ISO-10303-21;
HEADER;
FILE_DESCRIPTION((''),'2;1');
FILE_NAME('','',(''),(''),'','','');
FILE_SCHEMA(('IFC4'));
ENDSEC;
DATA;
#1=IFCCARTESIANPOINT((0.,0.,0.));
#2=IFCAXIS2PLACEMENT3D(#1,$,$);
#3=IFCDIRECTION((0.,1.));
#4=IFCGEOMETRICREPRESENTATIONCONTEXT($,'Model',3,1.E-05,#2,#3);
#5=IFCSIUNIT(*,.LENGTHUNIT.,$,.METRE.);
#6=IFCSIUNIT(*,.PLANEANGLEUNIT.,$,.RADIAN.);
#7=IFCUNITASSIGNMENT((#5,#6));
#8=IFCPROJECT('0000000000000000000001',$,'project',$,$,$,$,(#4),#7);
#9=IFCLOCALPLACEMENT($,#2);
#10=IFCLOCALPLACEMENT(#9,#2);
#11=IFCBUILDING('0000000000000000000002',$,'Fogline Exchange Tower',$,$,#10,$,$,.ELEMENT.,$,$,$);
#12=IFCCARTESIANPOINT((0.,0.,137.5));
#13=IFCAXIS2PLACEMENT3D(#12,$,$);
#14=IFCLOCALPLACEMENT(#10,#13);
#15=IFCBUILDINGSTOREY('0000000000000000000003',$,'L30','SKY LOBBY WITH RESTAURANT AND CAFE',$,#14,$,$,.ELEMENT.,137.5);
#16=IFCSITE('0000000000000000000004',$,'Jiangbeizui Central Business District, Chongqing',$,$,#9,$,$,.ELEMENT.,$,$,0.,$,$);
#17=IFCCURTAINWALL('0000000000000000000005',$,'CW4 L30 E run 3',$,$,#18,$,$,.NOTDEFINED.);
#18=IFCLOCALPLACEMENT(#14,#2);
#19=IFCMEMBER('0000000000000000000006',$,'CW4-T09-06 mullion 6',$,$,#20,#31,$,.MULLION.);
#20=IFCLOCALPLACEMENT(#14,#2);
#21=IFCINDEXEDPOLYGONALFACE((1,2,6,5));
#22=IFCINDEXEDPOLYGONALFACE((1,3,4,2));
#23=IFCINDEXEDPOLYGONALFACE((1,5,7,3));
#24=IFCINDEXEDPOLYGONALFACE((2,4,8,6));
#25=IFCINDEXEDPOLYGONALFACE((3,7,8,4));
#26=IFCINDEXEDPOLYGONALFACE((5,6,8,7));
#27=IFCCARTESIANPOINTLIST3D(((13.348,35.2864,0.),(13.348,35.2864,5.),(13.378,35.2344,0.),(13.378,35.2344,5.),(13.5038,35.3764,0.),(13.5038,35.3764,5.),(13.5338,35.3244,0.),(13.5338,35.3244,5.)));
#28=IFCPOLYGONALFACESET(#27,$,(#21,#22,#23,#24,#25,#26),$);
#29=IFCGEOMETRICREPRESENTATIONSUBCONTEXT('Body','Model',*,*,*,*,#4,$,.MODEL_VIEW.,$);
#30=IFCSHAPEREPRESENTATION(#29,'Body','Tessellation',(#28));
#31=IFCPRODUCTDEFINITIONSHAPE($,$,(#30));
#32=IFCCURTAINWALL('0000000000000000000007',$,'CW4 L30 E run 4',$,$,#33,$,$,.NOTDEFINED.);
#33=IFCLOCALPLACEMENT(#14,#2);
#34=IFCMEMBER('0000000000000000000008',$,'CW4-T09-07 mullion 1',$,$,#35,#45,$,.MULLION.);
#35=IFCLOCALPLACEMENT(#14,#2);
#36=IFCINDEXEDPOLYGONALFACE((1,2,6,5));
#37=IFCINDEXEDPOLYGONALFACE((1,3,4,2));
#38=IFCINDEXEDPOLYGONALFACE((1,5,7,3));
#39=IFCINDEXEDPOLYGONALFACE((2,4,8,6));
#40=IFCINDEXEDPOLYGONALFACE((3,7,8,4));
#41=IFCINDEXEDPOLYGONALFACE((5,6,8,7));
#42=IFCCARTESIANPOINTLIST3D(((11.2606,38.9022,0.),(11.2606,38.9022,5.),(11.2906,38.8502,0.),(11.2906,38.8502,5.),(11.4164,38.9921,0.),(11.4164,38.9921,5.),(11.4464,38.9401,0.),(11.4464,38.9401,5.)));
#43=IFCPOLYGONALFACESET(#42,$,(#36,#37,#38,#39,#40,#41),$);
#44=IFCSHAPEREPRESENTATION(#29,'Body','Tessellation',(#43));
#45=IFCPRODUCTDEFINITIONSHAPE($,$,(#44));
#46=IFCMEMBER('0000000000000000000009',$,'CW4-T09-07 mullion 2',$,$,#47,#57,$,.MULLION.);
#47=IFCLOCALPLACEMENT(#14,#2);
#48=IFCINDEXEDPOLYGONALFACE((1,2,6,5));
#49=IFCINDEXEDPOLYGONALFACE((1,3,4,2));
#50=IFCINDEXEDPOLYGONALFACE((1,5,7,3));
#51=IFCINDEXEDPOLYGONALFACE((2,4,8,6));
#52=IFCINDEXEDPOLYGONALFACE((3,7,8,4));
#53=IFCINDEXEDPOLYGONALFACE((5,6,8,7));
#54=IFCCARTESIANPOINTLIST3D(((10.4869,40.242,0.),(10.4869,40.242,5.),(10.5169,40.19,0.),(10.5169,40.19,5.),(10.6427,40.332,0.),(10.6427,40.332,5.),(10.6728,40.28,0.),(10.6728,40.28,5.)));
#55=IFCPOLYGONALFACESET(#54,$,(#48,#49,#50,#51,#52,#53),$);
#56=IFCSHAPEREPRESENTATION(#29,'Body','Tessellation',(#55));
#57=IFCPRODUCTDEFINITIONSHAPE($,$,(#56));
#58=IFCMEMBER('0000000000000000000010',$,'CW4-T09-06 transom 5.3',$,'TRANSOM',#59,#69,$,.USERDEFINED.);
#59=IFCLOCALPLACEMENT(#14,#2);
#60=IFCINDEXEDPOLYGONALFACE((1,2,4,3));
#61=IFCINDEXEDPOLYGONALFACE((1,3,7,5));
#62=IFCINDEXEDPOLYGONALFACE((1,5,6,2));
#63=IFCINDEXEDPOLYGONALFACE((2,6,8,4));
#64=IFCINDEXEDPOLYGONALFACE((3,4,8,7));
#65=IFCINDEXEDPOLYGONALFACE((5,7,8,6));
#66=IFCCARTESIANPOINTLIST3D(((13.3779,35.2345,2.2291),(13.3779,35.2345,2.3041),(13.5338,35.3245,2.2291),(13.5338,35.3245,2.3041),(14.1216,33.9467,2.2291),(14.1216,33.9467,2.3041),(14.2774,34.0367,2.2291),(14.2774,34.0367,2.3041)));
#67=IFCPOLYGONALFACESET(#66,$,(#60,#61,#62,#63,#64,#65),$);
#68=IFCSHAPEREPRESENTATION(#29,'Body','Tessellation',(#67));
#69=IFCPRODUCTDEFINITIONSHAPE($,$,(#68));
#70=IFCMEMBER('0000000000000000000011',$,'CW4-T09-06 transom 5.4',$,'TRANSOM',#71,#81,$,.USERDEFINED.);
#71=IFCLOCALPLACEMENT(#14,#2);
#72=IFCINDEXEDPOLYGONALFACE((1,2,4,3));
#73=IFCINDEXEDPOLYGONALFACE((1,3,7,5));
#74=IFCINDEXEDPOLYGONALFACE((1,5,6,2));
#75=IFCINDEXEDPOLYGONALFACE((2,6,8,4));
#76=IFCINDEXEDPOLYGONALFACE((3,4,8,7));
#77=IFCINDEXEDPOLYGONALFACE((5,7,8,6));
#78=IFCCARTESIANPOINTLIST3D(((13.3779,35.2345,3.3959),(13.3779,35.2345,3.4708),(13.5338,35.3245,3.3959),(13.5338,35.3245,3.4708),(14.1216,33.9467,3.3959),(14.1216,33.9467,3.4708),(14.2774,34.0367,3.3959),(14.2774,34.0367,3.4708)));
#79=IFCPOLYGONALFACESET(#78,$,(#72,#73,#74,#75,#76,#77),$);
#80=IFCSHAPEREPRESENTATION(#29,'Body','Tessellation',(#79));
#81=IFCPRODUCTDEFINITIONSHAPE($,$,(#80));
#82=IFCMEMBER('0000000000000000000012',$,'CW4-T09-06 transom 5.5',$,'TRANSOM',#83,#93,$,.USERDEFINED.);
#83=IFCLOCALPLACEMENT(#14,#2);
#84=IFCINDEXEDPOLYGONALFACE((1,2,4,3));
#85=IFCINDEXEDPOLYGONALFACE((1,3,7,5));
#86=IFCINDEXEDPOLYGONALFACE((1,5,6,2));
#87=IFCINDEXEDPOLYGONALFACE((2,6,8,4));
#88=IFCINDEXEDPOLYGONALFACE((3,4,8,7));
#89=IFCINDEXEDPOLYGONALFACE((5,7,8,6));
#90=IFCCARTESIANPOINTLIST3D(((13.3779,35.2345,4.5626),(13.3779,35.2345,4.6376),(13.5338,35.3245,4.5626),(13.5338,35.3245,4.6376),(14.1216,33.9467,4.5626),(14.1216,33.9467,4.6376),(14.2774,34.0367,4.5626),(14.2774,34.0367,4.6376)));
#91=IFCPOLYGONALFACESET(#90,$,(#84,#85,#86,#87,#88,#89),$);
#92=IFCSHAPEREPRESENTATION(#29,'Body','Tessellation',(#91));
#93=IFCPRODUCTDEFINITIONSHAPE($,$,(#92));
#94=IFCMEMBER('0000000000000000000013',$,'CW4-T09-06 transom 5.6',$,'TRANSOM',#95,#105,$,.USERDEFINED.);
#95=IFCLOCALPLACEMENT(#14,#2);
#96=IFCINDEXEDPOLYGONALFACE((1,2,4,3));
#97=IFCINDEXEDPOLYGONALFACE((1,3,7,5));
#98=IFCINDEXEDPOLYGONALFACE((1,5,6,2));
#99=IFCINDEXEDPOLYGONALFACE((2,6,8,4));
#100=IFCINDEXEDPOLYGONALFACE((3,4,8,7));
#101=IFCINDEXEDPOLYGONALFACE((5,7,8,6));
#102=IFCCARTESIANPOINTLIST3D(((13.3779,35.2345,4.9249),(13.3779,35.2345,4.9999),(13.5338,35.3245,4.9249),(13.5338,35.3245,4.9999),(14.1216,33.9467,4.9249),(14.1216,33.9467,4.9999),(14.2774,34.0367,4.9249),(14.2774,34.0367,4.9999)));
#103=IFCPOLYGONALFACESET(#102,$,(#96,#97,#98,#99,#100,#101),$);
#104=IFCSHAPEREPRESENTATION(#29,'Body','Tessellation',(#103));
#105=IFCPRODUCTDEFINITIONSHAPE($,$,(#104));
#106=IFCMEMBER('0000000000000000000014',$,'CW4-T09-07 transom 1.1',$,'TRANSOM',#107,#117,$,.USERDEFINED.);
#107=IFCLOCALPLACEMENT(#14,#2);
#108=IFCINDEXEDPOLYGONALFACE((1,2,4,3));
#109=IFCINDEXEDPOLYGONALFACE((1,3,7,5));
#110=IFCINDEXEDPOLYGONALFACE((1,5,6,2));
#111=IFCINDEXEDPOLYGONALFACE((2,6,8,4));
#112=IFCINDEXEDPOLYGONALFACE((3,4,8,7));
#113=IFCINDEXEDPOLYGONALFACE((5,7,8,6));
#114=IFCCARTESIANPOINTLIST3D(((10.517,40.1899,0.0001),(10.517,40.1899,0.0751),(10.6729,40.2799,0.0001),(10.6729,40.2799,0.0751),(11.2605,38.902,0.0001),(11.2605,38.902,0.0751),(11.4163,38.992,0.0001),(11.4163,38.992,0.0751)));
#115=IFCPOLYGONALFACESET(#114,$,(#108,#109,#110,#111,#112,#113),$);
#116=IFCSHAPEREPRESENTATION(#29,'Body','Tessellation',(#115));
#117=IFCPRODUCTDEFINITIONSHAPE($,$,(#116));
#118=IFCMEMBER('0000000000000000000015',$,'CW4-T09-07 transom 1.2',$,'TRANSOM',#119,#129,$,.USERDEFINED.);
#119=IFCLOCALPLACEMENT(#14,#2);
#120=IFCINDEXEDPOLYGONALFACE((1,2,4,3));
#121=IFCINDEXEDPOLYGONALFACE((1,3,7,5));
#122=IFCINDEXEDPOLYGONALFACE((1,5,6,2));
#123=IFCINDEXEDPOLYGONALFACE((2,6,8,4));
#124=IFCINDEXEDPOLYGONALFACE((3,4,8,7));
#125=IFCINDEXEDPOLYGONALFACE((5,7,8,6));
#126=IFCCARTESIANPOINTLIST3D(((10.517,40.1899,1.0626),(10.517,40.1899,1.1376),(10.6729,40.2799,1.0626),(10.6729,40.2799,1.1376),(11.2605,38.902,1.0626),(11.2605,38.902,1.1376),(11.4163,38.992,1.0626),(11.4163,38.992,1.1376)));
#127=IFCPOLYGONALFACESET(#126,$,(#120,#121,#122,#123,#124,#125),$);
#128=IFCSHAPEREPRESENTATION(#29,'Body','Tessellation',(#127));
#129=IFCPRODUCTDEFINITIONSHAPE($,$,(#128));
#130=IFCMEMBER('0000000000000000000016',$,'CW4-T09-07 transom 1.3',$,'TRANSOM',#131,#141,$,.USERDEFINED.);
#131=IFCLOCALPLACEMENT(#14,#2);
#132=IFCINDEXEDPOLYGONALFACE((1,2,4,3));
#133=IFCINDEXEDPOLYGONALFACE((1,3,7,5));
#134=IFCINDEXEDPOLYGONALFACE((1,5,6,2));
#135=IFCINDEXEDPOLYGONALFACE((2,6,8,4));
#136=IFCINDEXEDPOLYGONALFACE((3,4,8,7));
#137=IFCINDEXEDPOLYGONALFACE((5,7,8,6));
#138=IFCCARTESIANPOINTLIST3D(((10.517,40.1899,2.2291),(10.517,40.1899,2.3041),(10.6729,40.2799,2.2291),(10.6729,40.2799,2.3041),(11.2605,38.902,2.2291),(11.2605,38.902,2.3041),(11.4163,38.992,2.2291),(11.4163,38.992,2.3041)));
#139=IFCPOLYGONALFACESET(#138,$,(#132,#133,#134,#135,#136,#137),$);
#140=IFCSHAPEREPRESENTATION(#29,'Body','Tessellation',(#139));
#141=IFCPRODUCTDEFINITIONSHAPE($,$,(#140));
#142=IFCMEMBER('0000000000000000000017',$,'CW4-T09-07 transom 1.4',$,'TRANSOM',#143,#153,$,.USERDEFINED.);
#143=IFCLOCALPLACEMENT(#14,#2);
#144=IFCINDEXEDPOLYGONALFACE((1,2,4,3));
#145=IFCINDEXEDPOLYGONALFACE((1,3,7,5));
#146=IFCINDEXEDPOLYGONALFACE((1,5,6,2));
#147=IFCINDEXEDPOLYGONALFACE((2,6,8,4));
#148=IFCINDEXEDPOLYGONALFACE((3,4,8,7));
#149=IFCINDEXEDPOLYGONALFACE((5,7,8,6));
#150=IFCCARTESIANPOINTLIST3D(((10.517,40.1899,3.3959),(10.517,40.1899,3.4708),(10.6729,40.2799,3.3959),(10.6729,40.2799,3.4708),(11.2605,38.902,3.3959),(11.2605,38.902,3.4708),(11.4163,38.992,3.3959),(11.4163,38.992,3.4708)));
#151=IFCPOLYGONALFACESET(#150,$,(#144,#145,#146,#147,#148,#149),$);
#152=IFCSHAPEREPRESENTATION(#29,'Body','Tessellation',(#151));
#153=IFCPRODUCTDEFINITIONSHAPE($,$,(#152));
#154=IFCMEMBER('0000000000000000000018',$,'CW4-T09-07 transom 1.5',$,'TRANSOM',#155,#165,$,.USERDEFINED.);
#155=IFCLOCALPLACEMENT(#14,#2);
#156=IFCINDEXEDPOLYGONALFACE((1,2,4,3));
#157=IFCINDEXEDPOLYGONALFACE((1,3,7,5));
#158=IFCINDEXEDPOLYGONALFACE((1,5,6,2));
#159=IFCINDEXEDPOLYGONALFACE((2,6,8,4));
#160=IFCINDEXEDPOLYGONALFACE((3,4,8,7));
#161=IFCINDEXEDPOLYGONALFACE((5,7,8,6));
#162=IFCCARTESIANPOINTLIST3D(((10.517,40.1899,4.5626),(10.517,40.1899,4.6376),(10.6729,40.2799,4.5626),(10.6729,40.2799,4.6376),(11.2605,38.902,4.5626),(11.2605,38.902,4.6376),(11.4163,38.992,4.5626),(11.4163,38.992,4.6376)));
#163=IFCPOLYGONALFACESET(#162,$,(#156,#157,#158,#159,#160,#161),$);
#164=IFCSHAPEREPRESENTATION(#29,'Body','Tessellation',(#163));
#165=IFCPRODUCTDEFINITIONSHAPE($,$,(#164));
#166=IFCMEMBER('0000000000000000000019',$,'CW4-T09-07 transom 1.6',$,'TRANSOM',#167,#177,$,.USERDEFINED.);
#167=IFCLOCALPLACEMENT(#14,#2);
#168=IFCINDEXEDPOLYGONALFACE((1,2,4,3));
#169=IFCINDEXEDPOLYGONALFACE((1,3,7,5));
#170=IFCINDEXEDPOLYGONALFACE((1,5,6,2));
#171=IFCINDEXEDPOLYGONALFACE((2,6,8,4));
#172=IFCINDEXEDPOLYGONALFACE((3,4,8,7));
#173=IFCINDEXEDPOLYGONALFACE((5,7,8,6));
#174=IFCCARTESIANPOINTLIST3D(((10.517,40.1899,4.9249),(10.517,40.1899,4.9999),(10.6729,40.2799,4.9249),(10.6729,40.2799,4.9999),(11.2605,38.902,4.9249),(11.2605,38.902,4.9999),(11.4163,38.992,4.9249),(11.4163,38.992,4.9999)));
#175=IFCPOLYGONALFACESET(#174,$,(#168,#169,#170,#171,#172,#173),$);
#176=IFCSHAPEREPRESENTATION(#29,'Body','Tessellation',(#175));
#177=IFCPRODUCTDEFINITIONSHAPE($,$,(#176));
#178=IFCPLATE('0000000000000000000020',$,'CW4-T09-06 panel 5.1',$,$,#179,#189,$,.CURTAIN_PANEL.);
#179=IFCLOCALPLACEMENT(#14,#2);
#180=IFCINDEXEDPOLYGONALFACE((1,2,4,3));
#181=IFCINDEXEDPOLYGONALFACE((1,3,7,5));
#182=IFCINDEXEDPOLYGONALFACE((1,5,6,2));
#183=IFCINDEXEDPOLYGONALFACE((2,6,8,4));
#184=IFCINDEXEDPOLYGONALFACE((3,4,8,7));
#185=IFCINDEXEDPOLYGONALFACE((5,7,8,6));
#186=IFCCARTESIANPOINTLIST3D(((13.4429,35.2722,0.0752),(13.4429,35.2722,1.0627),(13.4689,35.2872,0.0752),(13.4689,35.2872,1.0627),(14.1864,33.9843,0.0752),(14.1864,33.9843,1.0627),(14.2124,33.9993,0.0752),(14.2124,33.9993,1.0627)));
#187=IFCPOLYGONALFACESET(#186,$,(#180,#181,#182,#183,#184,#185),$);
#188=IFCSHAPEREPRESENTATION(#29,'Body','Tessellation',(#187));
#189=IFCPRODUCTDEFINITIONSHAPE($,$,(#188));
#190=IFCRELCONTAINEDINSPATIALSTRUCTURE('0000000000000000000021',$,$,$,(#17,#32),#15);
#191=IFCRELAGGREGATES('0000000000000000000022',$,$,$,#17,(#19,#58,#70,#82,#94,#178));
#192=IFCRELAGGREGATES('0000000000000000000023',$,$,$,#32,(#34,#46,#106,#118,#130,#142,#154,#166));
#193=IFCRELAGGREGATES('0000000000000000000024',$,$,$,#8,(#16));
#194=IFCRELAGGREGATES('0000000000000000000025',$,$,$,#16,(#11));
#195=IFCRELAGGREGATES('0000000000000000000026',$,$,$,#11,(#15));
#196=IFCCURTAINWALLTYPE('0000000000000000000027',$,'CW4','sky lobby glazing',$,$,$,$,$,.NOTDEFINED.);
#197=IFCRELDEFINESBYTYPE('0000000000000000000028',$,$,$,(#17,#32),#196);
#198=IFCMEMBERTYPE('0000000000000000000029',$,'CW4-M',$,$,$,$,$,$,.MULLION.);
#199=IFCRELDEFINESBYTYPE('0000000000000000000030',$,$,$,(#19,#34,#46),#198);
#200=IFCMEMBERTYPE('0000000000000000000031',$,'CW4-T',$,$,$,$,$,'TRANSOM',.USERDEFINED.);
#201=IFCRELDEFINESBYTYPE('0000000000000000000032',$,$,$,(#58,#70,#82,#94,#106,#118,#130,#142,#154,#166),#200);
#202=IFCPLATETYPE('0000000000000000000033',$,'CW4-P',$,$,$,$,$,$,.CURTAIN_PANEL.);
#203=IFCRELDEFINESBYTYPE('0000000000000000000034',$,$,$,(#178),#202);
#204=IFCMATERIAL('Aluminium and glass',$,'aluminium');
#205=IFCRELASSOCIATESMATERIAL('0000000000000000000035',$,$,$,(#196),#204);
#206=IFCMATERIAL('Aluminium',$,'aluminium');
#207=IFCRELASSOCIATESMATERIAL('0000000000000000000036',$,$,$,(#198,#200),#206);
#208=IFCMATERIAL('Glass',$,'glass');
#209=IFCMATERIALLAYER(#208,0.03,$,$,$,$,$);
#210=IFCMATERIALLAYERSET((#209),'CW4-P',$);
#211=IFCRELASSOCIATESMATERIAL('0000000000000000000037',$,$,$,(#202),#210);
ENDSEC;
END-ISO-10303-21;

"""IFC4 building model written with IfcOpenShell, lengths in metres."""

from ifc_helpers import new_model, si_unit, direction, frame, origin, origin_2d, place, context, subcontext, project, spatial, rectangle, extrude, material, layer, layer_set, material_profile, profile_set, type_object, element, aggregate, save


model = new_model("IFC4")

# Units and contexts
model_context = context("Model", 3, precision=1e-05, world=origin(), true_north=direction((0.0, 1.0)))
body_context = subcontext(model_context, "Body", "Model", "MODEL_VIEW")
ifc_project = project(units=[si_unit("LENGTHUNIT", "METRE"), si_unit("PLANEANGLEUNIT", "RADIAN")], contexts=[model_context])

# Site, building, storey
site_placement = place(None, origin())
site = spatial("IfcSite", under=ifc_project, at=site_placement, Name="Jiangbeizui Central Business District, Chongqing", CompositionType="ELEMENT", RefElevation=0.0)
building_placement = place(site_placement, origin())
building = spatial("IfcBuilding", under=site, at=building_placement, Name="Fogline Exchange Tower", CompositionType="ELEMENT")
storey_placement = place(building_placement, frame((0.0, 0.0, 137.5)))
storey = spatial("IfcBuildingStorey", under=building, at=storey_placement, Name="L30", Description="SKY LOBBY WITH RESTAURANT AND CAFE", CompositionType="ELEMENT", Elevation=137.5)

# Curtain wall, member
ifc_material_1 = material(Name="Aluminium and glass", Category="aluminium")
curtain_wall_type = type_object("IfcCurtainWallType", Name="CW4", Description="sky lobby glazing", PredefinedType="NOTDEFINED", material=ifc_material_1)
curtain_wall_1_placement = place(storey_placement, origin())
curtain_wall_1 = element("IfcCurtainWall", 1, at=curtain_wall_1_placement, inside=storey, type_object=curtain_wall_type, Name="CW4 L30 E run 3", PredefinedType="NOTDEFINED")
ifc_material_2 = material(Name="Aluminium", Category="aluminium")
ifc_material_profile_1 = material_profile(ifc_material_2, rectangle(XDim=0.1799, YDim=0.0601, at=origin_2d()), Name="Mullion 60x180")
ifc_profile_set_1 = profile_set([ifc_material_profile_1], Name="Aluminium")
member_type_1 = type_object("IfcMemberType", Name="CW4-M", PredefinedType="MULLION", material=ifc_profile_set_1)
member_1_placement = place(storey_placement, frame((13.4409, 35.3054, 0.0), z_axis=(0.0, 0.0, 1.0), x_axis=(-0.866025, -0.5, 0.0)))
member_1 = element("IfcMember", 2, at=member_1_placement, type_object=member_type_1, Name="CW4-T09-06 mullion 6", PredefinedType="MULLION", context=body_context, shape_type="SweptSolid", body=[
    extrude(rectangle(XDim=0.1799, YDim=0.0601, at=origin_2d()), origin(), (0.0, 0.0, 1.0), 5.0),
])

# Curtain wall, members
curtain_wall_2_placement = place(storey_placement, origin())
curtain_wall_2 = element("IfcCurtainWall", 3, at=curtain_wall_2_placement, inside=storey, type_object=curtain_wall_type, Name="CW4 L30 E run 4", PredefinedType="NOTDEFINED")
member_2_placement = place(storey_placement, frame((11.3535, 38.9211, 0.0), z_axis=(0.0, 0.0, 1.0), x_axis=(-0.866025, -0.5, 0.0)))
member_2 = element("IfcMember", 4, at=member_2_placement, type_object=member_type_1, Name="CW4-T09-07 mullion 1", PredefinedType="MULLION", context=body_context, shape_type="SweptSolid", body=[
    extrude(rectangle(XDim=0.1799, YDim=0.0601, at=origin_2d()), origin(), (0.0, 0.0, 1.0), 5.0),
])
member_3_placement = place(storey_placement, frame((10.5798, 40.261, 0.0), z_axis=(0.0, 0.0, 1.0), x_axis=(-0.866025, -0.5, 0.0)))
member_3 = element("IfcMember", 5, at=member_3_placement, type_object=member_type_1, Name="CW4-T09-07 mullion 2", PredefinedType="MULLION", context=body_context, shape_type="SweptSolid", body=[
    extrude(rectangle(XDim=0.1799, YDim=0.0601, at=origin_2d()), origin(), (0.0, 0.0, 1.0), 5.0),
])

# Members
ifc_material_profile_2 = material_profile(ifc_material_2, rectangle(XDim=0.1799, YDim=0.075, at=origin_2d()), Name="Transom 75x180")
ifc_profile_set_2 = profile_set([ifc_material_profile_2], Name="Aluminium")
member_type_2 = type_object("IfcMemberType", Name="CW4-T", ElementType="TRANSOM", PredefinedType="USERDEFINED", material=ifc_profile_set_2)
member_4_placement = place(storey_placement, frame((14.1995, 33.9917, 2.2666), z_axis=(-0.500059, 0.865991, 0.0), x_axis=(-0.865991, -0.500059, 0.0)))
member_4 = element("IfcMember", 6, at=member_4_placement, type_object=member_type_2, Name="CW4-T09-06 transom 5.3", ObjectType="TRANSOM", PredefinedType="USERDEFINED", context=body_context, shape_type="SweptSolid", body=[
    extrude(rectangle(XDim=0.1799, YDim=0.075, at=origin_2d()), origin(), (0.0, 0.0, 1.0), 1.4871),
])
member_5_placement = place(storey_placement, frame((14.1995, 33.9917, 3.4333), z_axis=(-0.500059, 0.865991, 0.0), x_axis=(-0.865991, -0.500059, 0.0)))
member_5 = element("IfcMember", 7, at=member_5_placement, type_object=member_type_2, Name="CW4-T09-06 transom 5.4", ObjectType="TRANSOM", PredefinedType="USERDEFINED", context=body_context, shape_type="SweptSolid", body=[
    extrude(rectangle(XDim=0.1799, YDim=0.075, at=origin_2d()), origin(), (0.0, 0.0, 1.0), 1.4871),
])
member_6_placement = place(storey_placement, frame((14.1995, 33.9917, 4.6001), z_axis=(-0.500059, 0.865991, 0.0), x_axis=(-0.865991, -0.500059, 0.0)))
member_6 = element("IfcMember", 8, at=member_6_placement, type_object=member_type_2, Name="CW4-T09-06 transom 5.5", ObjectType="TRANSOM", PredefinedType="USERDEFINED", context=body_context, shape_type="SweptSolid", body=[
    extrude(rectangle(XDim=0.1799, YDim=0.075, at=origin_2d()), origin(), (0.0, 0.0, 1.0), 1.4871),
])
member_7_placement = place(storey_placement, frame((14.1995, 33.9917, 4.9624), z_axis=(-0.500059, 0.865991, 0.0), x_axis=(-0.865991, -0.500059, 0.0)))
member_7 = element("IfcMember", 9, at=member_7_placement, type_object=member_type_2, Name="CW4-T09-06 transom 5.6", ObjectType="TRANSOM", PredefinedType="USERDEFINED", context=body_context, shape_type="SweptSolid", body=[
    extrude(rectangle(XDim=0.1799, YDim=0.075, at=origin_2d()), origin(), (0.0, 0.0, 1.0), 1.4871),
])
member_8_placement = place(storey_placement, frame((11.3384, 38.947, 0.0376), z_axis=(-0.499936, 0.866063, 0.0), x_axis=(-0.866063, -0.499936, 0.0)))
member_8 = element("IfcMember", 10, at=member_8_placement, type_object=member_type_2, Name="CW4-T09-07 transom 1.1", ObjectType="TRANSOM", PredefinedType="USERDEFINED", context=body_context, shape_type="SweptSolid", body=[
    extrude(rectangle(XDim=0.1799, YDim=0.075, at=origin_2d()), origin(), (0.0, 0.0, 1.0), 1.4871),
])
member_9_placement = place(storey_placement, frame((11.3384, 38.947, 1.1001), z_axis=(-0.499936, 0.866063, 0.0), x_axis=(-0.866063, -0.499936, 0.0)))
member_9 = element("IfcMember", 11, at=member_9_placement, type_object=member_type_2, Name="CW4-T09-07 transom 1.2", ObjectType="TRANSOM", PredefinedType="USERDEFINED", context=body_context, shape_type="SweptSolid", body=[
    extrude(rectangle(XDim=0.1799, YDim=0.075, at=origin_2d()), origin(), (0.0, 0.0, 1.0), 1.4871),
])
member_10_placement = place(storey_placement, frame((11.3384, 38.947, 2.2666), z_axis=(-0.499936, 0.866063, 0.0), x_axis=(-0.866063, -0.499936, 0.0)))
member_10 = element("IfcMember", 12, at=member_10_placement, type_object=member_type_2, Name="CW4-T09-07 transom 1.3", ObjectType="TRANSOM", PredefinedType="USERDEFINED", context=body_context, shape_type="SweptSolid", body=[
    extrude(rectangle(XDim=0.1799, YDim=0.075, at=origin_2d()), origin(), (0.0, 0.0, 1.0), 1.4871),
])
member_11_placement = place(storey_placement, frame((11.3384, 38.947, 3.4333), z_axis=(-0.499936, 0.866063, 0.0), x_axis=(-0.866063, -0.499936, 0.0)))
member_11 = element("IfcMember", 13, at=member_11_placement, type_object=member_type_2, Name="CW4-T09-07 transom 1.4", ObjectType="TRANSOM", PredefinedType="USERDEFINED", context=body_context, shape_type="SweptSolid", body=[
    extrude(rectangle(XDim=0.1799, YDim=0.075, at=origin_2d()), origin(), (0.0, 0.0, 1.0), 1.4871),
])
member_12_placement = place(storey_placement, frame((11.3384, 38.947, 4.6001), z_axis=(-0.499936, 0.866063, 0.0), x_axis=(-0.866063, -0.499936, 0.0)))
member_12 = element("IfcMember", 14, at=member_12_placement, type_object=member_type_2, Name="CW4-T09-07 transom 1.5", ObjectType="TRANSOM", PredefinedType="USERDEFINED", context=body_context, shape_type="SweptSolid", body=[
    extrude(rectangle(XDim=0.1799, YDim=0.075, at=origin_2d()), origin(), (0.0, 0.0, 1.0), 1.4871),
])
member_13_placement = place(storey_placement, frame((11.3384, 38.947, 4.9624), z_axis=(-0.499936, 0.866063, 0.0), x_axis=(-0.866063, -0.499936, 0.0)))
member_13 = element("IfcMember", 15, at=member_13_placement, type_object=member_type_2, Name="CW4-T09-07 transom 1.6", ObjectType="TRANSOM", PredefinedType="USERDEFINED", context=body_context, shape_type="SweptSolid", body=[
    extrude(rectangle(XDim=0.1799, YDim=0.075, at=origin_2d()), origin(), (0.0, 0.0, 1.0), 1.4871),
])

# Plate
ifc_material_3 = material(Name="Glass", Category="glass")
ifc_layer_1 = layer(ifc_material_3, 0.03)
ifc_layer_set_1 = layer_set([ifc_layer_1], Name="CW4-P")
plate_type = type_object("IfcPlateType", Name="CW4-P", PredefinedType="CURTAIN_PANEL", material=ifc_layer_set_1)
plate_1_placement = place(storey_placement, frame((13.8276, 34.6357, 0.0752), z_axis=(0.0, 0.0, 1.0), x_axis=(-0.5, 0.866025, 0.0)))
plate_1 = element("IfcPlate", 16, at=plate_1_placement, type_object=plate_type, Name="CW4-T09-06 panel 5.1", PredefinedType="CURTAIN_PANEL", context=body_context, shape_type="SweptSolid", body=[
    extrude(rectangle(XDim=1.4871, YDim=0.03, at=origin_2d()), origin(), (0.0, 0.0, 1.0), 0.9875),
])
aggregate(curtain_wall_1, [member_1, member_4, member_5, member_6, member_7, plate_1])
aggregate(curtain_wall_2, [member_2, member_3, member_8, member_9, member_10, member_11, member_12, member_13])

save(model, "model.ifc")
